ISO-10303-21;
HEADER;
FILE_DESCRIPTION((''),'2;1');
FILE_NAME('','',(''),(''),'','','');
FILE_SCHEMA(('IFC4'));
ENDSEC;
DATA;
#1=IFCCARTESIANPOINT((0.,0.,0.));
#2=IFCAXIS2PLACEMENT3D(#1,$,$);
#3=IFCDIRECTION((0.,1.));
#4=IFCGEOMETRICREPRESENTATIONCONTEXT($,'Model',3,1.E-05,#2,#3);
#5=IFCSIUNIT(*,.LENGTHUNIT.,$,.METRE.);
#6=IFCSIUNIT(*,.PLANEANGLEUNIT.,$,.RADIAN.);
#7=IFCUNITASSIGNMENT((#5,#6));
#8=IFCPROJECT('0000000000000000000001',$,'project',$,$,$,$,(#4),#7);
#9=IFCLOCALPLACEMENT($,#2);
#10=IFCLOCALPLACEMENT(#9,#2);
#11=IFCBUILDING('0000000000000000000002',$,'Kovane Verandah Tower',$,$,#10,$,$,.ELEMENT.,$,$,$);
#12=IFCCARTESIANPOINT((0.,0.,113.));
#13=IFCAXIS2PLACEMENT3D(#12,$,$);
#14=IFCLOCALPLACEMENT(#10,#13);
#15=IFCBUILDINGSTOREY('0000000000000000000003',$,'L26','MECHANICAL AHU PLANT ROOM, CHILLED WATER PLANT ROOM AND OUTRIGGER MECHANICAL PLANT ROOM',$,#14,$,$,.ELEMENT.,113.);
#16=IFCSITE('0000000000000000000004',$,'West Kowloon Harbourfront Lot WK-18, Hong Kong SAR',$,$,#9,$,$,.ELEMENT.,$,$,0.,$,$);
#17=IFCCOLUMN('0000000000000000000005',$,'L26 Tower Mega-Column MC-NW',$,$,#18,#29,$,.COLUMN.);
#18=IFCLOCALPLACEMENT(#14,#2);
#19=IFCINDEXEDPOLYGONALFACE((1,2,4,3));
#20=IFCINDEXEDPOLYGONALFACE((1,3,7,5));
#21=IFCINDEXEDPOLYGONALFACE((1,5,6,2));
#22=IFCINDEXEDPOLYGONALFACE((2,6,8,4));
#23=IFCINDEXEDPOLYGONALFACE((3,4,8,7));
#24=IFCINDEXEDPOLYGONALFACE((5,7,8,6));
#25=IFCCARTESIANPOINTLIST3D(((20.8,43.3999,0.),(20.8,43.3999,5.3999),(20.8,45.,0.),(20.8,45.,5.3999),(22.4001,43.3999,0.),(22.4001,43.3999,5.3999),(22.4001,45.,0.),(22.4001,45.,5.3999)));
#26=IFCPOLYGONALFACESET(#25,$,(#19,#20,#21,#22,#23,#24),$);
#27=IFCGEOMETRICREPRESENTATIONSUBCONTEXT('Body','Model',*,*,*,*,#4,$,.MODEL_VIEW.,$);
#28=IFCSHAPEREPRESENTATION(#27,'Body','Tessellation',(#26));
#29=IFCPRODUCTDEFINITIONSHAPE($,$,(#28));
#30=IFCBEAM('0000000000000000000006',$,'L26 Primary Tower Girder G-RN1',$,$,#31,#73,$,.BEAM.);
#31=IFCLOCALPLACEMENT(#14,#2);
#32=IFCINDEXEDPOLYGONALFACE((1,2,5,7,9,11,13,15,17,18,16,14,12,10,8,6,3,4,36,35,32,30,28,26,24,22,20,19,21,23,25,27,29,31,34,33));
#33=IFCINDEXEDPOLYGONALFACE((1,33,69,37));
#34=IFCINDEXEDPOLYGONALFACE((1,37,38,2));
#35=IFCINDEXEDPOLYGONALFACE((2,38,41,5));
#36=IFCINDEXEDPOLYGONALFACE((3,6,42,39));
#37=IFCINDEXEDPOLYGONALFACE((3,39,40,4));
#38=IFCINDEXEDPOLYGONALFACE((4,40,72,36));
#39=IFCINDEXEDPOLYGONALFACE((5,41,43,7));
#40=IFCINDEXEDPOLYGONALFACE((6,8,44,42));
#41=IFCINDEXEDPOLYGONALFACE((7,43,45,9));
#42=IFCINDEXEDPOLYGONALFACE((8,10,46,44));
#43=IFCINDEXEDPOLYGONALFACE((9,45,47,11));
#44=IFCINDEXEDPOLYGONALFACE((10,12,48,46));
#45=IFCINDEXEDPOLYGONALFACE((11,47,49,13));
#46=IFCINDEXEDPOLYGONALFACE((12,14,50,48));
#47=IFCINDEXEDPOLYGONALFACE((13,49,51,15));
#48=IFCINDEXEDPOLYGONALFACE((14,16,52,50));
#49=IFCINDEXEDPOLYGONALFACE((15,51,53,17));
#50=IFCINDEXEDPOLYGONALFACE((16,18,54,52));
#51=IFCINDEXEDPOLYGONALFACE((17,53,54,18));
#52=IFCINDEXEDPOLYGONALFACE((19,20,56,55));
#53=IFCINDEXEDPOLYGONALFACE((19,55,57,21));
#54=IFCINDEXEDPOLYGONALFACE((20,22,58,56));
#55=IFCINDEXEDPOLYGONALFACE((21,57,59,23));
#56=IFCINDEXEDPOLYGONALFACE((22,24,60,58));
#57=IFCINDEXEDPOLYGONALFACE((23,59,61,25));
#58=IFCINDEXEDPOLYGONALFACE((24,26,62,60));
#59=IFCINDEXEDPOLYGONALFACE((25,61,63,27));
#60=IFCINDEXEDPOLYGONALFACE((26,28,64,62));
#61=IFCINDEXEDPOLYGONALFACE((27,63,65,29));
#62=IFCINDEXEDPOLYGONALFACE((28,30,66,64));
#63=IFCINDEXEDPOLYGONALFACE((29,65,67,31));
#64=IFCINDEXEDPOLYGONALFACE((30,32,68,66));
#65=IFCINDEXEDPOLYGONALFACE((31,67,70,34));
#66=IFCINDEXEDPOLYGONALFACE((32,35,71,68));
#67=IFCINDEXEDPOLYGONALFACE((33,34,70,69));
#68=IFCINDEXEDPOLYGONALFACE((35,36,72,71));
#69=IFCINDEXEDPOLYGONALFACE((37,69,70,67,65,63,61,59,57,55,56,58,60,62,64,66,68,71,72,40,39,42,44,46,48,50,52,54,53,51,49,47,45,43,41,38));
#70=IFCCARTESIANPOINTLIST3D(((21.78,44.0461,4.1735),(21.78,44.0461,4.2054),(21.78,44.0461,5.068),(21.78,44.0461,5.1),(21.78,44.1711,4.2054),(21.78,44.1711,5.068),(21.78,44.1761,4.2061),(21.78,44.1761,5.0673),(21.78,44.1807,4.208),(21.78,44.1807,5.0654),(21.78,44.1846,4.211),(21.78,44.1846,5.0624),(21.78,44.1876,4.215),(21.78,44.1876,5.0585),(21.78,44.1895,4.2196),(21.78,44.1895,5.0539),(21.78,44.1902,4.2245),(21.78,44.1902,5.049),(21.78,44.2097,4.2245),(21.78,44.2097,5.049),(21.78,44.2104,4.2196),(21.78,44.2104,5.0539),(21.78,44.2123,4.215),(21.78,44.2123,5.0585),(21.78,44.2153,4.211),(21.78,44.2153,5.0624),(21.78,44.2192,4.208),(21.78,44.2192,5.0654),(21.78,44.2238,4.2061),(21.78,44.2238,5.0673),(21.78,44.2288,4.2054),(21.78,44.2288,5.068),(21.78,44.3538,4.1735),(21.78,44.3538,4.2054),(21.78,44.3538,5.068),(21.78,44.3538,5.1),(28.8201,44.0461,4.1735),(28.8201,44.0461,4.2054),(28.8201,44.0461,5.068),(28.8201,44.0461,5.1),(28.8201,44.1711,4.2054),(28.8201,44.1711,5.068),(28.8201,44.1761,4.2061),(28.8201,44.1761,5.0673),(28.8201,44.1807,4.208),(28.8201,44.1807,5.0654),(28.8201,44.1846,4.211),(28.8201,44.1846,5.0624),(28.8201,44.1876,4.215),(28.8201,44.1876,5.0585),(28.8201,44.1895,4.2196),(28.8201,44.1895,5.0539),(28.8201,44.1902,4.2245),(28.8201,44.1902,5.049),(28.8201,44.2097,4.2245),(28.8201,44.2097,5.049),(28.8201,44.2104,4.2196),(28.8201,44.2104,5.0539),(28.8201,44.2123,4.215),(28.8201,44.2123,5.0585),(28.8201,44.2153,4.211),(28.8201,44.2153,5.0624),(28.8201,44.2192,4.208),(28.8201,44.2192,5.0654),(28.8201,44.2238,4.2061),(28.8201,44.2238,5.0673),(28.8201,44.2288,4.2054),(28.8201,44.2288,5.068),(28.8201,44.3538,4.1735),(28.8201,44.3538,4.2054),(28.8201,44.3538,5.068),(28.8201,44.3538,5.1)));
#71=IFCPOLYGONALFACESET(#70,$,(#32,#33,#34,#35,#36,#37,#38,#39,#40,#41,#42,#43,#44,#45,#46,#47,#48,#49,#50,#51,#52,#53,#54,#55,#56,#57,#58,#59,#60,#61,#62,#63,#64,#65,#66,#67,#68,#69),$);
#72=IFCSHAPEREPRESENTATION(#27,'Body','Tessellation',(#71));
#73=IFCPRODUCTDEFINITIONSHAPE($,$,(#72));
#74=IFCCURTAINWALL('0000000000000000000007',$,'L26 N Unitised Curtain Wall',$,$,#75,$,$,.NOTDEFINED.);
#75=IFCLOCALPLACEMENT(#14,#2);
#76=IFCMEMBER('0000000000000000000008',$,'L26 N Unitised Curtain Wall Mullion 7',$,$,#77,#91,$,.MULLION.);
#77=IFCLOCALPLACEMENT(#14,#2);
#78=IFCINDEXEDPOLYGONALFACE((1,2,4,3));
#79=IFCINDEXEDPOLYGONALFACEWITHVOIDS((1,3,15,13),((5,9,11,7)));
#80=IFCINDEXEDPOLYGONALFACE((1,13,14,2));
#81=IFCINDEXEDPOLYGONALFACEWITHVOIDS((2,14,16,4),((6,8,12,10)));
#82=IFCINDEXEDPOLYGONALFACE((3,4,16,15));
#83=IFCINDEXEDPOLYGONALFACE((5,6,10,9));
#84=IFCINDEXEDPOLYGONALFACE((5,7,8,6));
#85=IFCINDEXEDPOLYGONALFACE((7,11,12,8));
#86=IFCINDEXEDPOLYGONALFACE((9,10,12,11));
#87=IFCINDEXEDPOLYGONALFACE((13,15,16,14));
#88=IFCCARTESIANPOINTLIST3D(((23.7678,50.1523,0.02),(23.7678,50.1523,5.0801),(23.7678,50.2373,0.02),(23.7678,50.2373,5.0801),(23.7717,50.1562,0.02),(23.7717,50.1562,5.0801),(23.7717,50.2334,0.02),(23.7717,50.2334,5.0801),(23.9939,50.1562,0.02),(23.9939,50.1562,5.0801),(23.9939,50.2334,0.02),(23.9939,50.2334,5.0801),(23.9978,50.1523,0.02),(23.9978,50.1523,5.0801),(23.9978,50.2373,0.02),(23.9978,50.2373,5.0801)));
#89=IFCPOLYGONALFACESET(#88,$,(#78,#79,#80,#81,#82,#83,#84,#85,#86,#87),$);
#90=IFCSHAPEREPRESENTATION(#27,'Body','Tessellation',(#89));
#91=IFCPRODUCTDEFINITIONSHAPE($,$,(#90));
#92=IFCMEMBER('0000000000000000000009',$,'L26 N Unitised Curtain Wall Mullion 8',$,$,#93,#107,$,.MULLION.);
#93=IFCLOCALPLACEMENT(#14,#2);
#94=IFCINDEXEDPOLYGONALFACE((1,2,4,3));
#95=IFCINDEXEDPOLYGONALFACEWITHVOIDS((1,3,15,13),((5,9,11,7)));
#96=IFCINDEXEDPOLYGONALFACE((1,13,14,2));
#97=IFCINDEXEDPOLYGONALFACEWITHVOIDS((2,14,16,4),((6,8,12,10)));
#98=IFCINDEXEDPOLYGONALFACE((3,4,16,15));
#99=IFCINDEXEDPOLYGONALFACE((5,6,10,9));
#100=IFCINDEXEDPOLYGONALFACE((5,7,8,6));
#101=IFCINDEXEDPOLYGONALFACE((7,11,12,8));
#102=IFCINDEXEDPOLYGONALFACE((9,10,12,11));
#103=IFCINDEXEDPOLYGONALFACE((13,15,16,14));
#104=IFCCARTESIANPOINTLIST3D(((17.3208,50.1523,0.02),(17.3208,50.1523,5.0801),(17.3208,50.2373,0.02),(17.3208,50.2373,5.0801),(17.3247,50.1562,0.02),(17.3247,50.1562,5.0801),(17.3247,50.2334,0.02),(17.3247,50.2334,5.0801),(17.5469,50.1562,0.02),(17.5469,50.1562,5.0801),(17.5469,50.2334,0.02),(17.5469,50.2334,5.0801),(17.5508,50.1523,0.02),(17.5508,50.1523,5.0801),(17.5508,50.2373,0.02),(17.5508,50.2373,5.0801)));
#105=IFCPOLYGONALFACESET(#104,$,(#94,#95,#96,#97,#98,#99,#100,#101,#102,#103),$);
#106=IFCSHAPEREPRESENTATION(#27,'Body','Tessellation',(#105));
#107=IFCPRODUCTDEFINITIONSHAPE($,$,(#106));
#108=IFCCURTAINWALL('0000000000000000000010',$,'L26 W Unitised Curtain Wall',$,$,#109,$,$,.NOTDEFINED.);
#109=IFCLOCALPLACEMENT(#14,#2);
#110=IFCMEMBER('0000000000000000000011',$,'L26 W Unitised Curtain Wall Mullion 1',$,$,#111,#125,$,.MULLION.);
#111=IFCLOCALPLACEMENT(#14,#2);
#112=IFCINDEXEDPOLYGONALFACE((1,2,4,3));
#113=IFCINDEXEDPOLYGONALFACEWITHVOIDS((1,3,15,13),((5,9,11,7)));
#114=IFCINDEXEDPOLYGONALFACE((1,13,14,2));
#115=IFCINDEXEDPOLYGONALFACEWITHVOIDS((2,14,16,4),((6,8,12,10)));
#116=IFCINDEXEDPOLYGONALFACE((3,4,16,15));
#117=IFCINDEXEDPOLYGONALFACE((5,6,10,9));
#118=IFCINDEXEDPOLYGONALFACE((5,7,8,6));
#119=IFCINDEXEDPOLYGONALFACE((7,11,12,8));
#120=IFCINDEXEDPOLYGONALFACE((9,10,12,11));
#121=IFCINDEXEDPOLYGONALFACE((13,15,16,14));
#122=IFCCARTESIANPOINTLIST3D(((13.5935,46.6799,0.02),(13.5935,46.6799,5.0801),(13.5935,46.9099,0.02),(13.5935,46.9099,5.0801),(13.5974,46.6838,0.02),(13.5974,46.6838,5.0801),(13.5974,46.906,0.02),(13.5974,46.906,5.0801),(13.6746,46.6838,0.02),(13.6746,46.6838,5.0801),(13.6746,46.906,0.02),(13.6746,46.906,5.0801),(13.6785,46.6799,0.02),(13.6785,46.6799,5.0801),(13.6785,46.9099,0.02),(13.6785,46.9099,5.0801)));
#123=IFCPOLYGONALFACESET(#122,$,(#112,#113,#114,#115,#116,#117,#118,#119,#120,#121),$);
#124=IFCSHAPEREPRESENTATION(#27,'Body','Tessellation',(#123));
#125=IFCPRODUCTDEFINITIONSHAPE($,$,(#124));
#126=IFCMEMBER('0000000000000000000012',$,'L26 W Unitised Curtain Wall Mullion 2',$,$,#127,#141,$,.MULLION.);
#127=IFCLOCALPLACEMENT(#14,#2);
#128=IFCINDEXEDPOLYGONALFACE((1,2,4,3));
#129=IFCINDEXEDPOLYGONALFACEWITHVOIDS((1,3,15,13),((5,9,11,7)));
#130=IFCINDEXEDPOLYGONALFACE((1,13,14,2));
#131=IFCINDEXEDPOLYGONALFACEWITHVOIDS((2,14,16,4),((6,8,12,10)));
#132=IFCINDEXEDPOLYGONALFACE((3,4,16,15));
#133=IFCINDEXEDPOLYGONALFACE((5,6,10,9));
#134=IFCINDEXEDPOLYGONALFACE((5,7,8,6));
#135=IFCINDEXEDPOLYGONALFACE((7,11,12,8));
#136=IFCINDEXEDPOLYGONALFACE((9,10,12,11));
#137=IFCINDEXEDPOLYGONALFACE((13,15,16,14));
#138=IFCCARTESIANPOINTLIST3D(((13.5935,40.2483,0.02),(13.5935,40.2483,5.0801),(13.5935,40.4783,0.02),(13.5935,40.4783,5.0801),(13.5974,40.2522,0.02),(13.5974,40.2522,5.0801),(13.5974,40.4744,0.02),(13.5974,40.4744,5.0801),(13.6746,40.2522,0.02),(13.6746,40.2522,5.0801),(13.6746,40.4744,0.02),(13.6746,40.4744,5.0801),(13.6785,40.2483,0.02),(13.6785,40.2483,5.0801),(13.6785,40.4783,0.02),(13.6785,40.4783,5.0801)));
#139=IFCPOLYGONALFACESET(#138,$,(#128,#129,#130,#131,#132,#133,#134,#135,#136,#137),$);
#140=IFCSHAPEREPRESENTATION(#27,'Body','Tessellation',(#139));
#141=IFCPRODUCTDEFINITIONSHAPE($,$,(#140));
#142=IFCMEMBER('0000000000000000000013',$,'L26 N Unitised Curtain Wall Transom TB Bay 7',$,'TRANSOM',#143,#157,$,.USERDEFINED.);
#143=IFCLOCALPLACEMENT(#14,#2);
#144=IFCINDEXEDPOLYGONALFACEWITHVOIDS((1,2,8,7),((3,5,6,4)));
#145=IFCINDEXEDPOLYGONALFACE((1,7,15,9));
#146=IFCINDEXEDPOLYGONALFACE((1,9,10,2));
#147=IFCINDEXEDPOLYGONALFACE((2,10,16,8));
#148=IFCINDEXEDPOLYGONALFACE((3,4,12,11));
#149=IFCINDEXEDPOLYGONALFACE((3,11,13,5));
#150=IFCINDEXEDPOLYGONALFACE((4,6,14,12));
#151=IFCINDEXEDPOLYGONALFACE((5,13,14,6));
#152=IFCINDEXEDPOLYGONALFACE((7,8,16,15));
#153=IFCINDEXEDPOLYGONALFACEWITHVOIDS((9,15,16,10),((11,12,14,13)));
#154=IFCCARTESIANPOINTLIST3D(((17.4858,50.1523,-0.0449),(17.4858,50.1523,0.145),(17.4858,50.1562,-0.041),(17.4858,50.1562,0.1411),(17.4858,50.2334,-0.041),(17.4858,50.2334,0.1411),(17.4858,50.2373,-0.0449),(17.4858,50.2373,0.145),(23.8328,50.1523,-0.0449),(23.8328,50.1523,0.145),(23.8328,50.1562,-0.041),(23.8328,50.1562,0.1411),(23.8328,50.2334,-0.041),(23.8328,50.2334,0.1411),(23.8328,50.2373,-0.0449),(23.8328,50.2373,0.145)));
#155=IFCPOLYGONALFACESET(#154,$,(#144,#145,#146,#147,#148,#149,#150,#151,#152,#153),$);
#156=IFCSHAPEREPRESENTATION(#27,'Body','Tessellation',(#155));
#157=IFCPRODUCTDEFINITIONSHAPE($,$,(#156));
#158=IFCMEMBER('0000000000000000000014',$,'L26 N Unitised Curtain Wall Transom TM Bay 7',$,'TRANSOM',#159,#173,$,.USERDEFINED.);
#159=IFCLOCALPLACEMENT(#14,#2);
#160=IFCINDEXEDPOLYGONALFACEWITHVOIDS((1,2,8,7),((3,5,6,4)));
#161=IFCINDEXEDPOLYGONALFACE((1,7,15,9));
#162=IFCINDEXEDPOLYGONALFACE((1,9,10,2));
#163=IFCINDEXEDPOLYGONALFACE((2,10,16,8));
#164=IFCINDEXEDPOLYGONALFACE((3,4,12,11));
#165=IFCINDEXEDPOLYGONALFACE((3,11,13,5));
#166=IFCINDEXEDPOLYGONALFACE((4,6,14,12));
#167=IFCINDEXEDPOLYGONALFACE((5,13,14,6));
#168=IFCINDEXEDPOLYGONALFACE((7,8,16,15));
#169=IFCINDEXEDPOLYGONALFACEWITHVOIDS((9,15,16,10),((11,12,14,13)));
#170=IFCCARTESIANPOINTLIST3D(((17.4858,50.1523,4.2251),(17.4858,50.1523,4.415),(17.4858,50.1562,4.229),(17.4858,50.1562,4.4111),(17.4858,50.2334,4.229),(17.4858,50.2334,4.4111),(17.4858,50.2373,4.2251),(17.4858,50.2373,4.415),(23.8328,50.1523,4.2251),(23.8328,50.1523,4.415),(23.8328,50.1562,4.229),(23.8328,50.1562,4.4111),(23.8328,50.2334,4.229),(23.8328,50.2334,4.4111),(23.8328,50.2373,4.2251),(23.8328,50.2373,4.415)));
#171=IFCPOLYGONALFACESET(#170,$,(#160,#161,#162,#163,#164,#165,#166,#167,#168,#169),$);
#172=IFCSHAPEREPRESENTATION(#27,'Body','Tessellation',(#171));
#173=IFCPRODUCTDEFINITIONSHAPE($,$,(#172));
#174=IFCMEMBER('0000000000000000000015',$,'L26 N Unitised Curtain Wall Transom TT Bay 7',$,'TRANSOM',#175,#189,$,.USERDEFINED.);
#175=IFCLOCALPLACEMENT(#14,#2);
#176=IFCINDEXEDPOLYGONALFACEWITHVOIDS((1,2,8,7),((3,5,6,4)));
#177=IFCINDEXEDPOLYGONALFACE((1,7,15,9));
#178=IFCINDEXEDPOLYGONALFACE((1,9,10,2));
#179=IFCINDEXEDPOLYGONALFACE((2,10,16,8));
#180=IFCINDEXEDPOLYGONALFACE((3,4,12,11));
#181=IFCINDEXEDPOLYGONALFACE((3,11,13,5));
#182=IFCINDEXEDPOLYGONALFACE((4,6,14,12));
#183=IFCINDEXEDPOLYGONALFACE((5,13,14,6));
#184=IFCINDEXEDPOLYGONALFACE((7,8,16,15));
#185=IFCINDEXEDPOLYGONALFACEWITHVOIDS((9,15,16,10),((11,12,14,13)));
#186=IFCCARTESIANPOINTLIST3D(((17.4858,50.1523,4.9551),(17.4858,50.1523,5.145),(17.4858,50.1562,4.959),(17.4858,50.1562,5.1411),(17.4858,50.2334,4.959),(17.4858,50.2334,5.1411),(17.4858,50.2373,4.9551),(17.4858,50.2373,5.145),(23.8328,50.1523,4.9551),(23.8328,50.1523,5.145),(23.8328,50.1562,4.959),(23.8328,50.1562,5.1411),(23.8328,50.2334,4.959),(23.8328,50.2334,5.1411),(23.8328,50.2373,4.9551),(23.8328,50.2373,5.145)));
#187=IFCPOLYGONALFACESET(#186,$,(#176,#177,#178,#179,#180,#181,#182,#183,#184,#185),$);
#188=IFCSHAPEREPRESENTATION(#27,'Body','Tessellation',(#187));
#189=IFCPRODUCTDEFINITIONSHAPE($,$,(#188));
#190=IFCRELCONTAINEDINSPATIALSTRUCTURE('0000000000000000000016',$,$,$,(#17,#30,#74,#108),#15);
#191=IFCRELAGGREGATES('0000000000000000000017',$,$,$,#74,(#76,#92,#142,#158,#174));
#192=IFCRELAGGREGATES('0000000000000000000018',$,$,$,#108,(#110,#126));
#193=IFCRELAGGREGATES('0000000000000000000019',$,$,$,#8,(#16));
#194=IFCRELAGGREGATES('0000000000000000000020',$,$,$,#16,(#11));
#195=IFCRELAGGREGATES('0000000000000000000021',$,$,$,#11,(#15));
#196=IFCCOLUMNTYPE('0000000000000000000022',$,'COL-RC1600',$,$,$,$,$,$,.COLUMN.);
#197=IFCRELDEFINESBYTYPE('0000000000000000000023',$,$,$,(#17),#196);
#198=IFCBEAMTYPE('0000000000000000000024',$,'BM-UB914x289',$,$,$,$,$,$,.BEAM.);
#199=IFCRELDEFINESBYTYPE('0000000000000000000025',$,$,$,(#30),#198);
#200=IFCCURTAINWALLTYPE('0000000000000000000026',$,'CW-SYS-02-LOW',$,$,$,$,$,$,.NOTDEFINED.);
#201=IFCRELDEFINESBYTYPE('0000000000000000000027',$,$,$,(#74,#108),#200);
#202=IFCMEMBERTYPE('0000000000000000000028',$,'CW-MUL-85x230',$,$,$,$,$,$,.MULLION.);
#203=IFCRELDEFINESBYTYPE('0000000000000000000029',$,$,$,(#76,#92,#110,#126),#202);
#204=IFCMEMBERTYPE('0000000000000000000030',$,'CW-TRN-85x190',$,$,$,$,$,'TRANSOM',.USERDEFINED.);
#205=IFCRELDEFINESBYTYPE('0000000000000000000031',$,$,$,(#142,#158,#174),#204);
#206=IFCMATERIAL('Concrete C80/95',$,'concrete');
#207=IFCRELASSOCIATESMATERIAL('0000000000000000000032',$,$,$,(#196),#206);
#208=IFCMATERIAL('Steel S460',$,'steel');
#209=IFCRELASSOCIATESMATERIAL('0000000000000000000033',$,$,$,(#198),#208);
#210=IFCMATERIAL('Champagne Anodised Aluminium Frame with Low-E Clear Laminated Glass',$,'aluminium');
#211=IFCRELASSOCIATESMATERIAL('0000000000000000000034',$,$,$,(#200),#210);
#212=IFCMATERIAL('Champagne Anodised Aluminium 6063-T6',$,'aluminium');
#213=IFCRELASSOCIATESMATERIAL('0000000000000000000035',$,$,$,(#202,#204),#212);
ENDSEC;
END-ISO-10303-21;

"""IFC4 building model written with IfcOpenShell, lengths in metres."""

from ifc_helpers import new_model, si_unit, direction, frame, origin, origin_2d, place, context, subcontext, project, spatial, rectangle, hollow_rectangle, i_section, extrude, material, material_profile, profile_set, type_object, element, aggregate, save


model = new_model("IFC4")

# Units and contexts
model_context = context("Model", 3, precision=1e-05, world=origin(), true_north=direction((0.0, 1.0)))
body_context = subcontext(model_context, "Body", "Model", "MODEL_VIEW")
ifc_project = project(units=[si_unit("LENGTHUNIT", "METRE"), si_unit("PLANEANGLEUNIT", "RADIAN")], contexts=[model_context])

# Site, building, storey
site_placement = place(None, origin())
site = spatial("IfcSite", under=ifc_project, at=site_placement, Name="West Kowloon Harbourfront Lot WK-18, Hong Kong SAR", CompositionType="ELEMENT", RefElevation=0.0)
building_placement = place(site_placement, origin())
building = spatial("IfcBuilding", under=site, at=building_placement, Name="Kovane Verandah Tower", CompositionType="ELEMENT")
storey_placement = place(building_placement, frame((0.0, 0.0, 113.0)))
storey = spatial("IfcBuildingStorey", under=building, at=storey_placement, Name="L26", Description="MECHANICAL AHU PLANT ROOM, CHILLED WATER PLANT ROOM AND OUTRIGGER MECHANICAL PLANT ROOM", CompositionType="ELEMENT", Elevation=113.0)

# Column
ifc_material_1 = material(Name="Concrete C80/95", Category="concrete")
ifc_material_profile_1 = material_profile(ifc_material_1, rectangle(XDim=1.6001, YDim=1.6001, at=origin_2d()), Name="RC1600x1600")
ifc_profile_set_1 = profile_set([ifc_material_profile_1], Name="Concrete C80/95")
column_type = type_object("IfcColumnType", Name="COL-RC1600", PredefinedType="COLUMN", material=ifc_profile_set_1)
column_placement = place(storey_placement, frame((21.6001, 44.2, 0.0), z_axis=(0.0, 0.0, 1.0), x_axis=(1.0, 0.0, 0.0)))
element("IfcColumn", 1, at=column_placement, inside=storey, type_object=column_type, Name="L26 Tower Mega-Column MC-NW", PredefinedType="COLUMN", context=body_context, shape_type="SweptSolid", body=[
    extrude(rectangle(XDim=1.6001, YDim=1.6001, at=origin_2d()), origin(), (0.0, 0.0, 1.0), 5.3999),
])

# Beam
ifc_material_2 = material(Name="Steel S460", Category="steel")
ifc_material_profile_2 = material_profile(ifc_material_2, i_section(OverallWidth=0.3076, OverallDepth=0.9265, WebThickness=0.0195, FlangeThickness=0.032, FilletRadius=0.019, at=origin_2d()), Name="UB914x305x289")
ifc_profile_set_2 = profile_set([ifc_material_profile_2], Name="Steel S460")
beam_type = type_object("IfcBeamType", Name="BM-UB914x289", PredefinedType="BEAM", material=ifc_profile_set_2)
beam_placement = place(storey_placement, frame((21.78, 44.2, 4.6367), z_axis=(1.0, 0.0, 0.0), x_axis=(0.0, 1.0, 0.0)))
element("IfcBeam", 2, at=beam_placement, inside=storey, type_object=beam_type, Name="L26 Primary Tower Girder G-RN1", PredefinedType="BEAM", context=body_context, shape_type="SweptSolid", body=[
    extrude(i_section(OverallWidth=0.3076, OverallDepth=0.9265, WebThickness=0.0195, FlangeThickness=0.032, FilletRadius=0.019, at=origin_2d()), origin(), (0.0, 0.0, 1.0), 7.04),
])

# Curtain walls, members
ifc_material_3 = material(Name="Champagne Anodised Aluminium Frame with Low-E Clear Laminated Glass", Category="aluminium")
curtain_wall_type = type_object("IfcCurtainWallType", Name="CW-SYS-02-LOW", PredefinedType="NOTDEFINED", material=ifc_material_3)
curtain_wall_1_placement = place(storey_placement, origin())
curtain_wall_1 = element("IfcCurtainWall", 3, at=curtain_wall_1_placement, inside=storey, type_object=curtain_wall_type, Name="L26 N Unitised Curtain Wall", PredefinedType="NOTDEFINED")
ifc_material_4 = material(Name="Champagne Anodised Aluminium 6063-T6", Category="aluminium")
ifc_material_profile_3 = material_profile(ifc_material_4, hollow_rectangle(XDim=0.085, YDim=0.23, WallThickness=0.0039, at=origin_2d()), Name="AL85x230x4")
ifc_profile_set_3 = profile_set([ifc_material_profile_3], Name="Champagne Anodised Aluminium 6063-T6")
member_type_1 = type_object("IfcMemberType", Name="CW-MUL-85x230", PredefinedType="MULLION", material=ifc_profile_set_3)
member_1_placement = place(storey_placement, frame((23.8828, 50.1948, 0.02), z_axis=(0.0, 0.0, 1.0), x_axis=(0.0, 1.0, 0.0)))
member_1 = element("IfcMember", 4, at=member_1_placement, type_object=member_type_1, Name="L26 N Unitised Curtain Wall Mullion 7", PredefinedType="MULLION", context=body_context, shape_type="SweptSolid", body=[
    extrude(hollow_rectangle(XDim=0.085, YDim=0.23, WallThickness=0.0039, at=origin_2d()), origin(), (0.0, 0.0, 1.0), 5.0601),
])
member_2_placement = place(storey_placement, frame((17.4358, 50.1948, 0.02), z_axis=(0.0, 0.0, 1.0), x_axis=(0.0, 1.0, 0.0)))
member_2 = element("IfcMember", 5, at=member_2_placement, type_object=member_type_1, Name="L26 N Unitised Curtain Wall Mullion 8", PredefinedType="MULLION", context=body_context, shape_type="SweptSolid", body=[
    extrude(hollow_rectangle(XDim=0.085, YDim=0.23, WallThickness=0.0039, at=origin_2d()), origin(), (0.0, 0.0, 1.0), 5.0601),
])
curtain_wall_2_placement = place(storey_placement, origin())
curtain_wall_2 = element("IfcCurtainWall", 6, at=curtain_wall_2_placement, inside=storey, type_object=curtain_wall_type, Name="L26 W Unitised Curtain Wall", PredefinedType="NOTDEFINED")
member_3_placement = place(storey_placement, frame((13.636, 46.7949, 0.02), z_axis=(0.0, 0.0, 1.0), x_axis=(-1.0, 0.0, 0.0)))
member_3 = element("IfcMember", 7, at=member_3_placement, type_object=member_type_1, Name="L26 W Unitised Curtain Wall Mullion 1", PredefinedType="MULLION", context=body_context, shape_type="SweptSolid", body=[
    extrude(hollow_rectangle(XDim=0.085, YDim=0.23, WallThickness=0.0039, at=origin_2d()), origin(), (0.0, 0.0, 1.0), 5.0601),
])
member_4_placement = place(storey_placement, frame((13.636, 40.3633, 0.02), z_axis=(0.0, 0.0, 1.0), x_axis=(-1.0, 0.0, 0.0)))
member_4 = element("IfcMember", 8, at=member_4_placement, type_object=member_type_1, Name="L26 W Unitised Curtain Wall Mullion 2", PredefinedType="MULLION", context=body_context, shape_type="SweptSolid", body=[
    extrude(hollow_rectangle(XDim=0.085, YDim=0.23, WallThickness=0.0039, at=origin_2d()), origin(), (0.0, 0.0, 1.0), 5.0601),
])

# Members
ifc_material_profile_4 = material_profile(ifc_material_4, hollow_rectangle(XDim=0.085, YDim=0.1899, WallThickness=0.0039, at=origin_2d()), Name="AL85x190x4")
ifc_profile_set_4 = profile_set([ifc_material_profile_4], Name="Champagne Anodised Aluminium 6063-T6")
member_type_2 = type_object("IfcMemberType", Name="CW-TRN-85x190", ElementType="TRANSOM", PredefinedType="USERDEFINED", material=ifc_profile_set_4)
member_5_placement = place(storey_placement, frame((23.8328, 50.1948, 0.05), z_axis=(-1.0, 0.0, 0.0), x_axis=(0.0, -1.0, 0.0)))
member_5 = element("IfcMember", 9, at=member_5_placement, type_object=member_type_2, Name="L26 N Unitised Curtain Wall Transom TB Bay 7", ObjectType="TRANSOM", PredefinedType="USERDEFINED", context=body_context, shape_type="SweptSolid", body=[
    extrude(hollow_rectangle(XDim=0.085, YDim=0.1899, WallThickness=0.0039, at=origin_2d()), origin(), (0.0, 0.0, 1.0), 6.3469),
])
member_6_placement = place(storey_placement, frame((23.8328, 50.1948, 4.3201), z_axis=(-1.0, 0.0, 0.0), x_axis=(0.0, -1.0, 0.0)))
member_6 = element("IfcMember", 10, at=member_6_placement, type_object=member_type_2, Name="L26 N Unitised Curtain Wall Transom TM Bay 7", ObjectType="TRANSOM", PredefinedType="USERDEFINED", context=body_context, shape_type="SweptSolid", body=[
    extrude(hollow_rectangle(XDim=0.085, YDim=0.1899, WallThickness=0.0039, at=origin_2d()), origin(), (0.0, 0.0, 1.0), 6.3469),
])
member_7_placement = place(storey_placement, frame((23.8328, 50.1948, 5.05), z_axis=(-1.0, 0.0, 0.0), x_axis=(0.0, -1.0, 0.0)))
member_7 = element("IfcMember", 11, at=member_7_placement, type_object=member_type_2, Name="L26 N Unitised Curtain Wall Transom TT Bay 7", ObjectType="TRANSOM", PredefinedType="USERDEFINED", context=body_context, shape_type="SweptSolid", body=[
    extrude(hollow_rectangle(XDim=0.085, YDim=0.1899, WallThickness=0.0039, at=origin_2d()), origin(), (0.0, 0.0, 1.0), 6.3469),
])

aggregate(curtain_wall_1, [member_1, member_2, member_5, member_6, member_7])
aggregate(curtain_wall_2, [member_3, member_4])

save(model, "model.ifc")
